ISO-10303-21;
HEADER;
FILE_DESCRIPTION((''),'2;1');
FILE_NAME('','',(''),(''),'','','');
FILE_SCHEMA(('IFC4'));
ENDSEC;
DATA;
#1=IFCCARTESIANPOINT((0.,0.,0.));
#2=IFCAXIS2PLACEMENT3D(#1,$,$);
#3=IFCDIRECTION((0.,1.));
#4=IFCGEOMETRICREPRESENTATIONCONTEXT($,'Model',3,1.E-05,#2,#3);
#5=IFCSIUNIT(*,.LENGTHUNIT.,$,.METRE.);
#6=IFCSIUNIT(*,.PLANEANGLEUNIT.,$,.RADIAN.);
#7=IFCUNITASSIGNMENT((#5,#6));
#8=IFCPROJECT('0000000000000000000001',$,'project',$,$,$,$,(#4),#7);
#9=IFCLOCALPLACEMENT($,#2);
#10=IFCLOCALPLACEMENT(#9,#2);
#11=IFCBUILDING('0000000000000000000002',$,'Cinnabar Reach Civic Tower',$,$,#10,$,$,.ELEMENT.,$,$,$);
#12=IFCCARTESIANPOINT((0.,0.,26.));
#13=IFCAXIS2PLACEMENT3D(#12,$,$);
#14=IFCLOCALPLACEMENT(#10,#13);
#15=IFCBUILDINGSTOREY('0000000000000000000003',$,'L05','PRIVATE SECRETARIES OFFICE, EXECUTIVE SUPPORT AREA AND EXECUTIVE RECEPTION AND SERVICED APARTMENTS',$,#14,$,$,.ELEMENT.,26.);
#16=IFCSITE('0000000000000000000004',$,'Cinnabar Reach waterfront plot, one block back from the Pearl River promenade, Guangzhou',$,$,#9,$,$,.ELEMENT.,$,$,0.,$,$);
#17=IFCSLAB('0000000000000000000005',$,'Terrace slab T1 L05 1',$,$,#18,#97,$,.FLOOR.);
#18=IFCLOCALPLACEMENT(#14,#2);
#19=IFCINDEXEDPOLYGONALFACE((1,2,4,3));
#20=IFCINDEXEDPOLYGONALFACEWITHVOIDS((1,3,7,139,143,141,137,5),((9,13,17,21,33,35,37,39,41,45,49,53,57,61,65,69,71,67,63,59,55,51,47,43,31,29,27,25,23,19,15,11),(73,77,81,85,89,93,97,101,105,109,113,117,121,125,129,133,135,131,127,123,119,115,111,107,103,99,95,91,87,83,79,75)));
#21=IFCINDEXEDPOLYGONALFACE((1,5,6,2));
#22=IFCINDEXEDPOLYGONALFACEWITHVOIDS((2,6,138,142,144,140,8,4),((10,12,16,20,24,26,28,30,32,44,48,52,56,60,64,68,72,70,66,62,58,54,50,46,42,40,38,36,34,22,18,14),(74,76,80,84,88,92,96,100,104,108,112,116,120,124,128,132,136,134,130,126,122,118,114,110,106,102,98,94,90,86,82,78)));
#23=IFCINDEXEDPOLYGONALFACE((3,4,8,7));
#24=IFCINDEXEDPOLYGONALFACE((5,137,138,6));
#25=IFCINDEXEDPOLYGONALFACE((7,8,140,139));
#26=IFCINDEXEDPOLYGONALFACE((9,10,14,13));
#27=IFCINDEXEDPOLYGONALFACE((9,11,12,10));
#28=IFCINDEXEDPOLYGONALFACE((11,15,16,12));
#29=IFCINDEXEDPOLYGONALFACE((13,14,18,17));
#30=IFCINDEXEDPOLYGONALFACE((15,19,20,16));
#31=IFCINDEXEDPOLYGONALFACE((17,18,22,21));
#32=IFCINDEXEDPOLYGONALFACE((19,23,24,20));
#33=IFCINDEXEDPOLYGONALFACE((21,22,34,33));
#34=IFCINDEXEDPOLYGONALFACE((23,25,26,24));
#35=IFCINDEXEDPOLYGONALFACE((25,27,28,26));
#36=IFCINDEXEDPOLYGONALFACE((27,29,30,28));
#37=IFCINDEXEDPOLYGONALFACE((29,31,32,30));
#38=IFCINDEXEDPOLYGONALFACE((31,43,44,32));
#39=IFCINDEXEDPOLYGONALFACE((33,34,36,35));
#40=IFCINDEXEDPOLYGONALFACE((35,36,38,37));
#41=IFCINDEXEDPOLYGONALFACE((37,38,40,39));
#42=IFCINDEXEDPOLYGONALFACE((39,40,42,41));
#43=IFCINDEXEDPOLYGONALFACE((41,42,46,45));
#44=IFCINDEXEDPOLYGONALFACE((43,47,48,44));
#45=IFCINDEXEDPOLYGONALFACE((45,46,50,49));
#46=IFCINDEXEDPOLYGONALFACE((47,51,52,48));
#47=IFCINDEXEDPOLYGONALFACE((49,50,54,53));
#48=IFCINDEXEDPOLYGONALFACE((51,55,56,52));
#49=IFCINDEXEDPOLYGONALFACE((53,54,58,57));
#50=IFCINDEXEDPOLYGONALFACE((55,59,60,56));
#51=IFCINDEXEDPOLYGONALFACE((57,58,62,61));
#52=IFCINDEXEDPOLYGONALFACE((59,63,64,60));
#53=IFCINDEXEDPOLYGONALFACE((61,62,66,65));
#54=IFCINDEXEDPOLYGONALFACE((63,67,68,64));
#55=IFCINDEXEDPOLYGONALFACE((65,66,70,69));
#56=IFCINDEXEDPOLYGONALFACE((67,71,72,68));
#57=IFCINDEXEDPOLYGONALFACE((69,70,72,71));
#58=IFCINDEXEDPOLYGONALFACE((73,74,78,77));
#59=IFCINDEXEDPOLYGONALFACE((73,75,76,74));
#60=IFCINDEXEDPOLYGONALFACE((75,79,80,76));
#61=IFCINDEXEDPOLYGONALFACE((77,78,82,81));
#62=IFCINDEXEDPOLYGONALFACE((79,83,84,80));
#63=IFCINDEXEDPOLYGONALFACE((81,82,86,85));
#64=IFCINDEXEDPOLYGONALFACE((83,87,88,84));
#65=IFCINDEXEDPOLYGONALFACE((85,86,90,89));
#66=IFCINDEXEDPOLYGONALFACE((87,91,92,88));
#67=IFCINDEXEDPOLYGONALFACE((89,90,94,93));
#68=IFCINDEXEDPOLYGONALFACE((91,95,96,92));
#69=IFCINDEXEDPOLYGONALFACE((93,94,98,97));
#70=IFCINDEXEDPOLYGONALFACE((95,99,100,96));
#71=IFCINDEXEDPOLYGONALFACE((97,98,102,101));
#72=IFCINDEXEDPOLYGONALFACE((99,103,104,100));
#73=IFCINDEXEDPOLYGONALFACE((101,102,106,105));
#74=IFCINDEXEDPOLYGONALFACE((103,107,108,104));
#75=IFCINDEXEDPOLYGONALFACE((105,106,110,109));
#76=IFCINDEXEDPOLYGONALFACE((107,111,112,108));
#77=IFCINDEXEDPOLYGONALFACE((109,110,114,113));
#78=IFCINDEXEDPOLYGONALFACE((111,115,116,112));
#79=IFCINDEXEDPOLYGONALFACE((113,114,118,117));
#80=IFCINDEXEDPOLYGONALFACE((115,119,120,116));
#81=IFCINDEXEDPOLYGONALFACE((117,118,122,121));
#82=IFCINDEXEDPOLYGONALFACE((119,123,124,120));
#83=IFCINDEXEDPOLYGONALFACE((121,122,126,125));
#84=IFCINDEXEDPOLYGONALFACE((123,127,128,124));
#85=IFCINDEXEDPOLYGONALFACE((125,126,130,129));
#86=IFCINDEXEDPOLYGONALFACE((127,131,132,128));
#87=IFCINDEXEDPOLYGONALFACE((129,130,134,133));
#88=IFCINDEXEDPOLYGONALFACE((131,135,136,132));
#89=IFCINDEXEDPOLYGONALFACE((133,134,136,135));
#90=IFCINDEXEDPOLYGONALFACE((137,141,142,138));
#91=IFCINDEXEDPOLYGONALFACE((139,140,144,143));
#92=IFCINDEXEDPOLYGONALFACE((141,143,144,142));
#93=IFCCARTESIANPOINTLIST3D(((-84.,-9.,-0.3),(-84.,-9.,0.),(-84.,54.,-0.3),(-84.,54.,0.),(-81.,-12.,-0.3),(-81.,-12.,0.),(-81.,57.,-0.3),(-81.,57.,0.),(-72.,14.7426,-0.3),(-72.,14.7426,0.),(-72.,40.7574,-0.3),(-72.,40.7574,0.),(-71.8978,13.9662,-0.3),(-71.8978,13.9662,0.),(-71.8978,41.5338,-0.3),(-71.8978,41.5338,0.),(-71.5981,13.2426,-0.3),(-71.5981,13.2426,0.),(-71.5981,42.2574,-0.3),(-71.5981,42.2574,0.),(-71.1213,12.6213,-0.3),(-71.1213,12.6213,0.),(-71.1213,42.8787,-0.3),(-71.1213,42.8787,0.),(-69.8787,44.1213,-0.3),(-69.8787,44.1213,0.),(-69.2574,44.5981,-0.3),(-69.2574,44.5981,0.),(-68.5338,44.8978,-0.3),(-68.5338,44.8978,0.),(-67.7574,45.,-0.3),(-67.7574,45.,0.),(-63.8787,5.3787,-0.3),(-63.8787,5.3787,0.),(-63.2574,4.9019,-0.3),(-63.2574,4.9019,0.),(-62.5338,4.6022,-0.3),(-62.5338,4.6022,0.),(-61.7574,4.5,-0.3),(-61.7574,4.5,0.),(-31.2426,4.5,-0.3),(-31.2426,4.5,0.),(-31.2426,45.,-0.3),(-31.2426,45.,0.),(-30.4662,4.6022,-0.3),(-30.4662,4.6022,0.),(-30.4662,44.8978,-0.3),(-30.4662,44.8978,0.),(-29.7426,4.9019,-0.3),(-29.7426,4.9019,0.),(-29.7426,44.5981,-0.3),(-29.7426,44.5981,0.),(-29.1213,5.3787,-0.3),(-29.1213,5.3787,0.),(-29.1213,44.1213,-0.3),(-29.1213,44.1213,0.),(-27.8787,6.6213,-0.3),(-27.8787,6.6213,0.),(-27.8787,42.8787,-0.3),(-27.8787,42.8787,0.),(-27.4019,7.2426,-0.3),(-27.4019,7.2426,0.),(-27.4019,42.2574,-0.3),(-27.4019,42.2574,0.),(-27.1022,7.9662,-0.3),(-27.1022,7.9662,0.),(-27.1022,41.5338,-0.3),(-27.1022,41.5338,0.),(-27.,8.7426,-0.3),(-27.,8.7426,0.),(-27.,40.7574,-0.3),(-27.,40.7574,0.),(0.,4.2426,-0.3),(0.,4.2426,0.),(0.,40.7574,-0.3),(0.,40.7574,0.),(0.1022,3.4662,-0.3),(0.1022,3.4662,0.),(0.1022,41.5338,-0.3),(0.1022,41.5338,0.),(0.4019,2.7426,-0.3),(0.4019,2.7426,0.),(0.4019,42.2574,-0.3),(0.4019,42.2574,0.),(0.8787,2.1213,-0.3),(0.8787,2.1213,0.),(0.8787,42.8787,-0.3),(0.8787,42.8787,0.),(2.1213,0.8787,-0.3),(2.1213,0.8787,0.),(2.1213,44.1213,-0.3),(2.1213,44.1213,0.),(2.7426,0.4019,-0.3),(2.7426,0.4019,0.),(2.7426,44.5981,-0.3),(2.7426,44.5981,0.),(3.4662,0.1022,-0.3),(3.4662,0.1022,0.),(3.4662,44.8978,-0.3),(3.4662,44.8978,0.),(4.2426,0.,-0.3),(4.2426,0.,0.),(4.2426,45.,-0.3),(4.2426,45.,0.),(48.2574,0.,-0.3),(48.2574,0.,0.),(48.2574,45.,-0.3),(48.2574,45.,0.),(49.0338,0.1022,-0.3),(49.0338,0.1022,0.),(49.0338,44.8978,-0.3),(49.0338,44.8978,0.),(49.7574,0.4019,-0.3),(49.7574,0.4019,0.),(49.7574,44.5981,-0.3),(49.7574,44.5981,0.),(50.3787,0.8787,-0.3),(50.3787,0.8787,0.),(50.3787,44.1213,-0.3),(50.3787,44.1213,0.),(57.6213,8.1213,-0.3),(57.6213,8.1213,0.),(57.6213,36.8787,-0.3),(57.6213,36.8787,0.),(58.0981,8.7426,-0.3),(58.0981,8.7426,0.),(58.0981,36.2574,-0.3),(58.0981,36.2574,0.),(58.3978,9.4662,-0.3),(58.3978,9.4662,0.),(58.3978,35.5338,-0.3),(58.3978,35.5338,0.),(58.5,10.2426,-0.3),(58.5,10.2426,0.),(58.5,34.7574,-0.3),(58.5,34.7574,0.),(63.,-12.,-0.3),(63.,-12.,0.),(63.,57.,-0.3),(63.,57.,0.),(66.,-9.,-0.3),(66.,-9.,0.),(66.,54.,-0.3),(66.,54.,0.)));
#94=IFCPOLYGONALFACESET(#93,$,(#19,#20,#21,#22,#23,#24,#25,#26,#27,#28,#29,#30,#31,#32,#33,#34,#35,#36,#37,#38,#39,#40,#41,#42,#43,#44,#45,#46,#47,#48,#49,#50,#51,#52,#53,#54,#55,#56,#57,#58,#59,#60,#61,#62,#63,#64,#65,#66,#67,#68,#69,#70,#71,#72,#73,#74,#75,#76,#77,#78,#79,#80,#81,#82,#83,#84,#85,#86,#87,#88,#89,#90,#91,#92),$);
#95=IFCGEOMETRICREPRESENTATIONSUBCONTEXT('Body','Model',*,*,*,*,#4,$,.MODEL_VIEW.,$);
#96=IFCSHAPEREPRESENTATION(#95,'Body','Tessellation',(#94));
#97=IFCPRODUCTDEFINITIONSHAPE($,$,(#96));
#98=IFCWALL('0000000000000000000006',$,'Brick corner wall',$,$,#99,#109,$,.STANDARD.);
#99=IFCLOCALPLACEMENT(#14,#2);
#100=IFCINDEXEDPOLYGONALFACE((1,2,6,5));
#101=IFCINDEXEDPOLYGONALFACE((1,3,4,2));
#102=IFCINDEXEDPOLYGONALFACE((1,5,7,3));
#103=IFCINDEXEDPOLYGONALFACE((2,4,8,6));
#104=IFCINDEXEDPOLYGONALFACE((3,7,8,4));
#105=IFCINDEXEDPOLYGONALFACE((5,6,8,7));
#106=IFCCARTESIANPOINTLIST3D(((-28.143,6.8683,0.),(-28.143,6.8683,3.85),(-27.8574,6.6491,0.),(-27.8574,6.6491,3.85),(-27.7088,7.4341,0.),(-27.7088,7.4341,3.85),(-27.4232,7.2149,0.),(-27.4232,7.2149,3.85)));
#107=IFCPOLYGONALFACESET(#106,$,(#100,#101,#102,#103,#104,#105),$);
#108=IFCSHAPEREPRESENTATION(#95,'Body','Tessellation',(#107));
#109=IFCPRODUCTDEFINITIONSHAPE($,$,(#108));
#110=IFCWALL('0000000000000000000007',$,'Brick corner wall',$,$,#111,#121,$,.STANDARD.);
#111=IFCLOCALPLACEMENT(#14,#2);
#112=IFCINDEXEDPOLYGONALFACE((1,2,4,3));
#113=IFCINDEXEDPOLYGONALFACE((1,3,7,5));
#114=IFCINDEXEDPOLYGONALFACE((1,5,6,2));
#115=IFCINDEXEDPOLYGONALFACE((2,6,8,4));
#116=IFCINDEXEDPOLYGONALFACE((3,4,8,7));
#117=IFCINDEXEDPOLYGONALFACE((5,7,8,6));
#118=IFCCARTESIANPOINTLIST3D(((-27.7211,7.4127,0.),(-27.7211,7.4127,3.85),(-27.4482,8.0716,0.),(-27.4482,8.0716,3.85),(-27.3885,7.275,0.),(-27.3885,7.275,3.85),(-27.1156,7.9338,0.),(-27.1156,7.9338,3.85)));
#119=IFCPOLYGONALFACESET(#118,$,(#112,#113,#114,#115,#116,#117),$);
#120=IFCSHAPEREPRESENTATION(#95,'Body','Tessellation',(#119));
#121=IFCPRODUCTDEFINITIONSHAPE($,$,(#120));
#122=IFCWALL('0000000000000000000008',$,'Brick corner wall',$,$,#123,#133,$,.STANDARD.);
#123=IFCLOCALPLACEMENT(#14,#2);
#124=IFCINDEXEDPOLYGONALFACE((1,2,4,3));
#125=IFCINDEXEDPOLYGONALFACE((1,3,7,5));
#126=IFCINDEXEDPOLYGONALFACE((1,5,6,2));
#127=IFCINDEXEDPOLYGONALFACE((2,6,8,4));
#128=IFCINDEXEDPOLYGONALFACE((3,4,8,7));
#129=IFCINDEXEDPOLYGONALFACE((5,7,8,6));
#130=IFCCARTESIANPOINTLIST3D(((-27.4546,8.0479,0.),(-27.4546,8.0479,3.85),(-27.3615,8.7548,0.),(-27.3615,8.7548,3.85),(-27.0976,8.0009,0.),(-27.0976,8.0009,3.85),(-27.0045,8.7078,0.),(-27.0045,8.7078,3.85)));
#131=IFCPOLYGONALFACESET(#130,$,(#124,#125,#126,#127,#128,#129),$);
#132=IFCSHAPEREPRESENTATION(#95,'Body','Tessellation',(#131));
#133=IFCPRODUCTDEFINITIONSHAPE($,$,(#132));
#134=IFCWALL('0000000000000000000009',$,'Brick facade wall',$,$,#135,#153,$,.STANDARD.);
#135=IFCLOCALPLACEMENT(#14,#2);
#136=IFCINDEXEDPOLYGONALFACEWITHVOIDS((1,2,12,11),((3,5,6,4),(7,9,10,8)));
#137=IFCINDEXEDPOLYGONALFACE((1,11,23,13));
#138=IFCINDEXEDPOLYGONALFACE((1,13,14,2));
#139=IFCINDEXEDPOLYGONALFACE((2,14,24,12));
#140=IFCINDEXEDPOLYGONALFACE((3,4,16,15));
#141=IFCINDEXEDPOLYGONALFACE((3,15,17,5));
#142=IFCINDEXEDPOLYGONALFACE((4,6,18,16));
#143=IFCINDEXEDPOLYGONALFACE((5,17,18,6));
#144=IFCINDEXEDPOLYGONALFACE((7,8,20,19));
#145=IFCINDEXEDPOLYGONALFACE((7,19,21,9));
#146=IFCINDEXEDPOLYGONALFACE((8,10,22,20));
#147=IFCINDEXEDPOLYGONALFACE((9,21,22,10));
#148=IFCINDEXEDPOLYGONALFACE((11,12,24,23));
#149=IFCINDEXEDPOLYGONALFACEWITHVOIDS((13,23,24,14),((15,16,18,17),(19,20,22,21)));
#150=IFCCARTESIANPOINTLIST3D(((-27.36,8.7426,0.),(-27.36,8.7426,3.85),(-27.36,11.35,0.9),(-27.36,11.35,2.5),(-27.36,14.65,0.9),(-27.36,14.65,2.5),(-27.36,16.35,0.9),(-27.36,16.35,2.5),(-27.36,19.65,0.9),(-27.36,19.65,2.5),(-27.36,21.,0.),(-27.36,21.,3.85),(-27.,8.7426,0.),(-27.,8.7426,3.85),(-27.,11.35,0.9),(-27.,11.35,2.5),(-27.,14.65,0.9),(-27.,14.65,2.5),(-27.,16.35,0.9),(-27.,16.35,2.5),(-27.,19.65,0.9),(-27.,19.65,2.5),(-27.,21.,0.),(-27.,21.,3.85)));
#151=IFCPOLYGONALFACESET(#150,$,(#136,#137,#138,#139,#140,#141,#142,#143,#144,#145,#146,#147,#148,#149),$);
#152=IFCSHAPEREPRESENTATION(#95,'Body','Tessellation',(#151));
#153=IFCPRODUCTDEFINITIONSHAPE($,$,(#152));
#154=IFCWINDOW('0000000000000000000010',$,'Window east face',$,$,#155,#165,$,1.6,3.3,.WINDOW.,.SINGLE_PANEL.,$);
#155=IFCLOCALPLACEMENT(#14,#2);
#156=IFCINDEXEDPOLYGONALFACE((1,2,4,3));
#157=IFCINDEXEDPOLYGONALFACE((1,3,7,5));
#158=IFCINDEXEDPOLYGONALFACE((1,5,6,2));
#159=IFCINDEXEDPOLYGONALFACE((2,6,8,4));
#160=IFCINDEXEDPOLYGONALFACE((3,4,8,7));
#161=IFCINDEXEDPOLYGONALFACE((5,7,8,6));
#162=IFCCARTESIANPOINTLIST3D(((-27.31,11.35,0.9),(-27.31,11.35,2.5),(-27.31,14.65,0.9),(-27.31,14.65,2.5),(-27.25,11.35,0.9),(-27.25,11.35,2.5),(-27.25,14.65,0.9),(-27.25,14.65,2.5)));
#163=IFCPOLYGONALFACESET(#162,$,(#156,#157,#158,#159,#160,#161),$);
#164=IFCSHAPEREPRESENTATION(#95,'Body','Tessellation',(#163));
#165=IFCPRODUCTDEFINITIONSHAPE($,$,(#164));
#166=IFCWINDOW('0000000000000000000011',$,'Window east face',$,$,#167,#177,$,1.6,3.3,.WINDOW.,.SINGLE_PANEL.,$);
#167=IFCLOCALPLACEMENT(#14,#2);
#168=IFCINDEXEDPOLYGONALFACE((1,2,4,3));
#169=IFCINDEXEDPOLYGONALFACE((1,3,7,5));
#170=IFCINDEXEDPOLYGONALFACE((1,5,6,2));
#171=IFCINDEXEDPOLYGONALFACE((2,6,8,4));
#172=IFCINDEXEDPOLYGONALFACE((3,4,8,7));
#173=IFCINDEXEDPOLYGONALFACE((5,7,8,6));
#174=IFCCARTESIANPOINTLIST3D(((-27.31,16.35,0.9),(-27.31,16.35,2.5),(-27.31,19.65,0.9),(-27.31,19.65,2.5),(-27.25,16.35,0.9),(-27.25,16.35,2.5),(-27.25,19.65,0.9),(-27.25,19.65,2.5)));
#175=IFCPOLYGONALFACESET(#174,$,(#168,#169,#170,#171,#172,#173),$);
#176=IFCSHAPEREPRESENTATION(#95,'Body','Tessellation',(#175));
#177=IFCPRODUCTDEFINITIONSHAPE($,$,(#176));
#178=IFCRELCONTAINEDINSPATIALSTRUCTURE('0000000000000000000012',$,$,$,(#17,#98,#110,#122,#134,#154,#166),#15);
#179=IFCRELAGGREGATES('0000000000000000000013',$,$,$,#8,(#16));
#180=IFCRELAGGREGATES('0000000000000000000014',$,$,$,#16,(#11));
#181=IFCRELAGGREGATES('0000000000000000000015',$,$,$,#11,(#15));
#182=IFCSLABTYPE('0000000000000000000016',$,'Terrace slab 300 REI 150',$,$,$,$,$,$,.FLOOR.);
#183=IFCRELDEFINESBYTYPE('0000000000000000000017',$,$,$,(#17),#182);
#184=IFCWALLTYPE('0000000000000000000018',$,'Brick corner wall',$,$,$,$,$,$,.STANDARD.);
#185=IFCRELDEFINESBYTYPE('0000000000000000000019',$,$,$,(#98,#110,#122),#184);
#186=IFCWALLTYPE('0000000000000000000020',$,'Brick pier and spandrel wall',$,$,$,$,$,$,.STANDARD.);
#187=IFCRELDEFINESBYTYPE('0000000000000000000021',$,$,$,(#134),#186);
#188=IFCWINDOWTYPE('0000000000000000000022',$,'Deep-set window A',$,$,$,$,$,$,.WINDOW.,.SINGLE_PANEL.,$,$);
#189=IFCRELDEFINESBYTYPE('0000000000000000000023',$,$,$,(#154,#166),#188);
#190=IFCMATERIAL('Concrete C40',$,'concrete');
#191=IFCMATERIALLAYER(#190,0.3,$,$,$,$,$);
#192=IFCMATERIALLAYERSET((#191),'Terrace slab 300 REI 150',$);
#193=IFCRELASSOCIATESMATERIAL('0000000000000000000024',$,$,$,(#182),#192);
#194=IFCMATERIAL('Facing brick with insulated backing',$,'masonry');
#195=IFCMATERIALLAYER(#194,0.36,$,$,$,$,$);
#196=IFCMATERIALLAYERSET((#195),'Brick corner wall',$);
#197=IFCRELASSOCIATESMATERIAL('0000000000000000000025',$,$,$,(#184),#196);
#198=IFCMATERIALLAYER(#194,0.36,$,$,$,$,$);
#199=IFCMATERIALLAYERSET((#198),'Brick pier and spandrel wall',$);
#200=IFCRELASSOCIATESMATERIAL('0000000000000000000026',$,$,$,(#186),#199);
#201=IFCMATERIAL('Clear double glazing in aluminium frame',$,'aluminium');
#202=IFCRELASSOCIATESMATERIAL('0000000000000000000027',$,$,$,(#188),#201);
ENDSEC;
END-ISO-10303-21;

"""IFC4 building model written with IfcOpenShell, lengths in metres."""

from ifc_helpers import new_model, si_unit, direction, frame, frame_2d, origin, place, context, subcontext, project, spatial, polyline, rectangle, outline, extrude, material, layer, layer_set, type_object, element, fill, save


model = new_model("IFC4")

# Units and contexts
model_context = context("Model", 3, precision=1e-05, world=origin(), true_north=direction((0.0, 1.0)))
body_context = subcontext(model_context, "Body", "Model", "MODEL_VIEW")
ifc_project = project(units=[si_unit("LENGTHUNIT", "METRE"), si_unit("PLANEANGLEUNIT", "RADIAN")], contexts=[model_context])

# Site, building, storey
site_placement = place(None, origin())
site = spatial("IfcSite", under=ifc_project, at=site_placement, Name="Cinnabar Reach waterfront plot, one block back from the Pearl River promenade, Guangzhou", CompositionType="ELEMENT", RefElevation=0.0)
building_placement = place(site_placement, origin())
building = spatial("IfcBuilding", under=site, at=building_placement, Name="Cinnabar Reach Civic Tower", CompositionType="ELEMENT")
storey_placement = place(building_placement, frame((0.0, 0.0, 26.0)))
storey = spatial("IfcBuildingStorey", under=building, at=storey_placement, Name="L05", Description="PRIVATE SECRETARIES OFFICE, EXECUTIVE SUPPORT AREA AND EXECUTIVE RECEPTION AND SERVICED APARTMENTS", CompositionType="ELEMENT", Elevation=26.0)

# Shared definitions
ifc_material_1 = material(Name="Concrete C40", Category="concrete")

# Slab
ifc_layer_1 = layer(ifc_material_1, 0.3)
ifc_layer_set_1 = layer_set([ifc_layer_1], Name="Terrace slab 300 REI 150")
slab_type_1 = type_object("IfcSlabType", Name="Terrace slab 300 REI 150", PredefinedType="FLOOR", material=ifc_layer_set_1)
slab_1_placement = place(storey_placement, frame((0.0, 0.0, -0.3)))
element("IfcSlab", 1, at=slab_1_placement, inside=storey, type_object=slab_type_1, Name="Terrace slab T1 L05 1", PredefinedType="FLOOR", context=body_context, shape_type="SweptSolid", body=[
    extrude(outline(polyline([(-84.0, -9.0), (-84.0, 54.0), (-84.0, 54.0), (-81.0, 57.0), (-81.0, 57.0), (63.0, 57.0), (63.0, 57.0), (66.0, 54.0), (66.0, 54.0), (66.0, -9.0), (66.0, -9.0), (63.0, -12.0), (63.0, -12.0), (-81.0, -12.0), (-81.0, -12.0), (-84.0, -9.0), (-84.0, -9.0)]), holes=[polyline([(3.4662, 0.1022), (4.2426, 0.0), (48.2574, 0.0), (49.0338, 0.1022), (49.7574, 0.4019), (50.3787, 0.8787), (57.6213, 8.1213), (58.0981, 8.7426), (58.3978, 9.4662), (58.5, 10.2426), (58.5, 34.7574), (58.3978, 35.5338), (58.0981, 36.2574), (57.6213, 36.8787), (50.3787, 44.1213), (49.7574, 44.5981), (49.0338, 44.8978), (48.2574, 45.0), (4.2426, 45.0), (3.4662, 44.8978), (2.7426, 44.5981), (2.1213, 44.1213), (0.8787, 42.8787), (0.4019, 42.2574), (0.1022, 41.5338), (0.0, 40.7574), (0.0, 4.2426), (0.1022, 3.4662), (0.4019, 2.7426), (0.8787, 2.1213), (2.1213, 0.8787), (2.7426, 0.4019), (3.4662, 0.1022)]), polyline([(-63.2574, 4.9019), (-62.5338, 4.6022), (-61.7574, 4.5), (-31.2426, 4.5), (-30.4662, 4.6022), (-29.7426, 4.9019), (-29.1213, 5.3787), (-27.8787, 6.6213), (-27.4019, 7.2426), (-27.1022, 7.9662), (-27.0, 8.7426), (-27.0, 40.7574), (-27.1022, 41.5338), (-27.4019, 42.2574), (-27.8787, 42.8787), (-29.1213, 44.1213), (-29.7426, 44.5981), (-30.4662, 44.8978), (-31.2426, 45.0), (-67.7574, 45.0), (-68.5338, 44.8978), (-69.2574, 44.5981), (-69.8787, 44.1213), (-71.1213, 42.8787), (-71.5981, 42.2574), (-71.8978, 41.5338), (-72.0, 40.7574), (-72.0, 14.7426), (-71.8978, 13.9662), (-71.5981, 13.2426), (-71.1213, 12.6213), (-63.8787, 5.3787), (-63.2574, 4.9019)])]), origin(), (0.0, 0.0, 1.0), 0.3),
])

# Walls
ifc_material_2 = material(Name="Facing brick with insulated backing", Category="masonry")
ifc_layer_2 = layer(ifc_material_2, 0.36)
ifc_layer_set_2 = layer_set([ifc_layer_2], Name="Brick corner wall")
wall_type_1 = type_object("IfcWallType", Name="Brick corner wall", PredefinedType="STANDARD", material=ifc_layer_set_2)
wall_1_placement = place(storey_placement, frame((-28.0002, 6.7587, 0.0), z_axis=(0.0, 0.0, 1.0), x_axis=(0.608802, 0.793322, 0.0)))
element("IfcWall", 2, at=wall_1_placement, inside=storey, type_object=wall_type_1, Name="Brick corner wall", PredefinedType="STANDARD", context=body_context, shape_type="SweptSolid", body=[
    extrude(rectangle(XDim=0.7132, YDim=0.36, at=frame_2d((0.3566, 0.0))), origin(), (0.0, 0.0, 1.0), 3.85),
])
for number, where, z_axis, x_axis, name in (
    (3, (-27.5548, 7.3439, 0.0), (0.0, 0.0, 1.0), (0.382703, 0.923872, 0.0), "Brick corner wall"),
    (4, (-27.2761, 8.0244, 0.0), (0.0, 0.0, 1.0), (0.130556, 0.991441, 0.0), "Brick corner wall"),
):
    element("IfcWall", number, at=place(storey_placement, frame(where, z_axis=z_axis, x_axis=x_axis)), inside=storey, type_object=wall_type_1, Name=name, PredefinedType="STANDARD", context=body_context, shape_type="SweptSolid", body=[
        extrude(rectangle(XDim=0.7131, YDim=0.36, at=frame_2d((0.3565, 0.0))), origin(), (0.0, 0.0, 1.0), 3.85),
    ])

# Wall, openings, windows
ifc_layer_3 = layer(ifc_material_2, 0.36)
ifc_layer_set_3 = layer_set([ifc_layer_3], Name="Brick pier and spandrel wall")
wall_type_2 = type_object("IfcWallType", Name="Brick pier and spandrel wall", PredefinedType="STANDARD", material=ifc_layer_set_3)
wall_2_placement = place(storey_placement, frame((-27.18, 8.7426, 0.0), z_axis=(0.0, 0.0, 1.0), x_axis=(0.0, 1.0, 0.0)))
wall_2 = element("IfcWall", 5, at=wall_2_placement, inside=storey, type_object=wall_type_2, Name="Brick facade wall", PredefinedType="STANDARD", context=body_context, shape_type="SweptSolid", body=[
    extrude(rectangle(XDim=12.2574, YDim=0.36, at=frame_2d((6.1287, 0.0))), origin(), (0.0, 0.0, 1.0), 3.85),
])
opening_1_placement = place(wall_2_placement, frame((2.6074, 0.0, 0.9)))
opening_1 = element("IfcOpeningElement", 6, at=opening_1_placement, cuts=wall_2, PredefinedType="OPENING", context=body_context, shape_type="SweptSolid", body=[
    extrude(rectangle(XDim=3.3, YDim=1.6, at=frame_2d((1.65, 0.8))), frame((0.0, 0.19, 0.0), z_axis=(0.0, -1.0, 0.0), x_axis=(1.0, 0.0, 0.0)), (0.0, 0.0, 1.0), 0.38),
])
opening_2_placement = place(wall_2_placement, frame((7.6074, 0.0, 0.9)))
opening_2 = element("IfcOpeningElement", 7, at=opening_2_placement, cuts=wall_2, PredefinedType="OPENING", context=body_context, shape_type="SweptSolid", body=[
    extrude(rectangle(XDim=3.3, YDim=1.6, at=frame_2d((1.65, 0.8))), frame((0.0, 0.19, 0.0), z_axis=(0.0, -1.0, 0.0), x_axis=(1.0, 0.0, 0.0)), (0.0, 0.0, 1.0), 0.38),
])
ifc_material_3 = material(Name="Clear double glazing in aluminium frame", Category="aluminium")
window_type = type_object("IfcWindowType", Name="Deep-set window A", PartitioningType="SINGLE_PANEL", PredefinedType="WINDOW", material=ifc_material_3)
window_1_placement = place(opening_1_placement, origin())
window_1 = element("IfcWindow", 8, at=window_1_placement, inside=storey, type_object=window_type, Name="Window east face", OverallHeight=1.6, OverallWidth=3.3, PartitioningType="SINGLE_PANEL", PredefinedType="WINDOW", context=body_context, shape_type="SweptSolid", body=[
    extrude(rectangle(XDim=3.3, YDim=1.6, at=frame_2d((1.65, 0.8))), frame((0.0, 0.13, 0.0), z_axis=(0.0, -1.0, 0.0), x_axis=(1.0, 0.0, 0.0)), (0.0, 0.0, 1.0), 0.06),
])
fill(opening_1, window_1)
window_2_placement = place(opening_2_placement, origin())
window_2 = element("IfcWindow", 9, at=window_2_placement, inside=storey, type_object=window_type, Name="Window east face", OverallHeight=1.6, OverallWidth=3.3, PartitioningType="SINGLE_PANEL", PredefinedType="WINDOW", context=body_context, shape_type="SweptSolid", body=[
    extrude(rectangle(XDim=3.3, YDim=1.6, at=frame_2d((1.65, 0.8))), frame((0.0, 0.13, 0.0), z_axis=(0.0, -1.0, 0.0), x_axis=(1.0, 0.0, 0.0)), (0.0, 0.0, 1.0), 0.06),
])
fill(opening_2, window_2)

save(model, "model.ifc")
